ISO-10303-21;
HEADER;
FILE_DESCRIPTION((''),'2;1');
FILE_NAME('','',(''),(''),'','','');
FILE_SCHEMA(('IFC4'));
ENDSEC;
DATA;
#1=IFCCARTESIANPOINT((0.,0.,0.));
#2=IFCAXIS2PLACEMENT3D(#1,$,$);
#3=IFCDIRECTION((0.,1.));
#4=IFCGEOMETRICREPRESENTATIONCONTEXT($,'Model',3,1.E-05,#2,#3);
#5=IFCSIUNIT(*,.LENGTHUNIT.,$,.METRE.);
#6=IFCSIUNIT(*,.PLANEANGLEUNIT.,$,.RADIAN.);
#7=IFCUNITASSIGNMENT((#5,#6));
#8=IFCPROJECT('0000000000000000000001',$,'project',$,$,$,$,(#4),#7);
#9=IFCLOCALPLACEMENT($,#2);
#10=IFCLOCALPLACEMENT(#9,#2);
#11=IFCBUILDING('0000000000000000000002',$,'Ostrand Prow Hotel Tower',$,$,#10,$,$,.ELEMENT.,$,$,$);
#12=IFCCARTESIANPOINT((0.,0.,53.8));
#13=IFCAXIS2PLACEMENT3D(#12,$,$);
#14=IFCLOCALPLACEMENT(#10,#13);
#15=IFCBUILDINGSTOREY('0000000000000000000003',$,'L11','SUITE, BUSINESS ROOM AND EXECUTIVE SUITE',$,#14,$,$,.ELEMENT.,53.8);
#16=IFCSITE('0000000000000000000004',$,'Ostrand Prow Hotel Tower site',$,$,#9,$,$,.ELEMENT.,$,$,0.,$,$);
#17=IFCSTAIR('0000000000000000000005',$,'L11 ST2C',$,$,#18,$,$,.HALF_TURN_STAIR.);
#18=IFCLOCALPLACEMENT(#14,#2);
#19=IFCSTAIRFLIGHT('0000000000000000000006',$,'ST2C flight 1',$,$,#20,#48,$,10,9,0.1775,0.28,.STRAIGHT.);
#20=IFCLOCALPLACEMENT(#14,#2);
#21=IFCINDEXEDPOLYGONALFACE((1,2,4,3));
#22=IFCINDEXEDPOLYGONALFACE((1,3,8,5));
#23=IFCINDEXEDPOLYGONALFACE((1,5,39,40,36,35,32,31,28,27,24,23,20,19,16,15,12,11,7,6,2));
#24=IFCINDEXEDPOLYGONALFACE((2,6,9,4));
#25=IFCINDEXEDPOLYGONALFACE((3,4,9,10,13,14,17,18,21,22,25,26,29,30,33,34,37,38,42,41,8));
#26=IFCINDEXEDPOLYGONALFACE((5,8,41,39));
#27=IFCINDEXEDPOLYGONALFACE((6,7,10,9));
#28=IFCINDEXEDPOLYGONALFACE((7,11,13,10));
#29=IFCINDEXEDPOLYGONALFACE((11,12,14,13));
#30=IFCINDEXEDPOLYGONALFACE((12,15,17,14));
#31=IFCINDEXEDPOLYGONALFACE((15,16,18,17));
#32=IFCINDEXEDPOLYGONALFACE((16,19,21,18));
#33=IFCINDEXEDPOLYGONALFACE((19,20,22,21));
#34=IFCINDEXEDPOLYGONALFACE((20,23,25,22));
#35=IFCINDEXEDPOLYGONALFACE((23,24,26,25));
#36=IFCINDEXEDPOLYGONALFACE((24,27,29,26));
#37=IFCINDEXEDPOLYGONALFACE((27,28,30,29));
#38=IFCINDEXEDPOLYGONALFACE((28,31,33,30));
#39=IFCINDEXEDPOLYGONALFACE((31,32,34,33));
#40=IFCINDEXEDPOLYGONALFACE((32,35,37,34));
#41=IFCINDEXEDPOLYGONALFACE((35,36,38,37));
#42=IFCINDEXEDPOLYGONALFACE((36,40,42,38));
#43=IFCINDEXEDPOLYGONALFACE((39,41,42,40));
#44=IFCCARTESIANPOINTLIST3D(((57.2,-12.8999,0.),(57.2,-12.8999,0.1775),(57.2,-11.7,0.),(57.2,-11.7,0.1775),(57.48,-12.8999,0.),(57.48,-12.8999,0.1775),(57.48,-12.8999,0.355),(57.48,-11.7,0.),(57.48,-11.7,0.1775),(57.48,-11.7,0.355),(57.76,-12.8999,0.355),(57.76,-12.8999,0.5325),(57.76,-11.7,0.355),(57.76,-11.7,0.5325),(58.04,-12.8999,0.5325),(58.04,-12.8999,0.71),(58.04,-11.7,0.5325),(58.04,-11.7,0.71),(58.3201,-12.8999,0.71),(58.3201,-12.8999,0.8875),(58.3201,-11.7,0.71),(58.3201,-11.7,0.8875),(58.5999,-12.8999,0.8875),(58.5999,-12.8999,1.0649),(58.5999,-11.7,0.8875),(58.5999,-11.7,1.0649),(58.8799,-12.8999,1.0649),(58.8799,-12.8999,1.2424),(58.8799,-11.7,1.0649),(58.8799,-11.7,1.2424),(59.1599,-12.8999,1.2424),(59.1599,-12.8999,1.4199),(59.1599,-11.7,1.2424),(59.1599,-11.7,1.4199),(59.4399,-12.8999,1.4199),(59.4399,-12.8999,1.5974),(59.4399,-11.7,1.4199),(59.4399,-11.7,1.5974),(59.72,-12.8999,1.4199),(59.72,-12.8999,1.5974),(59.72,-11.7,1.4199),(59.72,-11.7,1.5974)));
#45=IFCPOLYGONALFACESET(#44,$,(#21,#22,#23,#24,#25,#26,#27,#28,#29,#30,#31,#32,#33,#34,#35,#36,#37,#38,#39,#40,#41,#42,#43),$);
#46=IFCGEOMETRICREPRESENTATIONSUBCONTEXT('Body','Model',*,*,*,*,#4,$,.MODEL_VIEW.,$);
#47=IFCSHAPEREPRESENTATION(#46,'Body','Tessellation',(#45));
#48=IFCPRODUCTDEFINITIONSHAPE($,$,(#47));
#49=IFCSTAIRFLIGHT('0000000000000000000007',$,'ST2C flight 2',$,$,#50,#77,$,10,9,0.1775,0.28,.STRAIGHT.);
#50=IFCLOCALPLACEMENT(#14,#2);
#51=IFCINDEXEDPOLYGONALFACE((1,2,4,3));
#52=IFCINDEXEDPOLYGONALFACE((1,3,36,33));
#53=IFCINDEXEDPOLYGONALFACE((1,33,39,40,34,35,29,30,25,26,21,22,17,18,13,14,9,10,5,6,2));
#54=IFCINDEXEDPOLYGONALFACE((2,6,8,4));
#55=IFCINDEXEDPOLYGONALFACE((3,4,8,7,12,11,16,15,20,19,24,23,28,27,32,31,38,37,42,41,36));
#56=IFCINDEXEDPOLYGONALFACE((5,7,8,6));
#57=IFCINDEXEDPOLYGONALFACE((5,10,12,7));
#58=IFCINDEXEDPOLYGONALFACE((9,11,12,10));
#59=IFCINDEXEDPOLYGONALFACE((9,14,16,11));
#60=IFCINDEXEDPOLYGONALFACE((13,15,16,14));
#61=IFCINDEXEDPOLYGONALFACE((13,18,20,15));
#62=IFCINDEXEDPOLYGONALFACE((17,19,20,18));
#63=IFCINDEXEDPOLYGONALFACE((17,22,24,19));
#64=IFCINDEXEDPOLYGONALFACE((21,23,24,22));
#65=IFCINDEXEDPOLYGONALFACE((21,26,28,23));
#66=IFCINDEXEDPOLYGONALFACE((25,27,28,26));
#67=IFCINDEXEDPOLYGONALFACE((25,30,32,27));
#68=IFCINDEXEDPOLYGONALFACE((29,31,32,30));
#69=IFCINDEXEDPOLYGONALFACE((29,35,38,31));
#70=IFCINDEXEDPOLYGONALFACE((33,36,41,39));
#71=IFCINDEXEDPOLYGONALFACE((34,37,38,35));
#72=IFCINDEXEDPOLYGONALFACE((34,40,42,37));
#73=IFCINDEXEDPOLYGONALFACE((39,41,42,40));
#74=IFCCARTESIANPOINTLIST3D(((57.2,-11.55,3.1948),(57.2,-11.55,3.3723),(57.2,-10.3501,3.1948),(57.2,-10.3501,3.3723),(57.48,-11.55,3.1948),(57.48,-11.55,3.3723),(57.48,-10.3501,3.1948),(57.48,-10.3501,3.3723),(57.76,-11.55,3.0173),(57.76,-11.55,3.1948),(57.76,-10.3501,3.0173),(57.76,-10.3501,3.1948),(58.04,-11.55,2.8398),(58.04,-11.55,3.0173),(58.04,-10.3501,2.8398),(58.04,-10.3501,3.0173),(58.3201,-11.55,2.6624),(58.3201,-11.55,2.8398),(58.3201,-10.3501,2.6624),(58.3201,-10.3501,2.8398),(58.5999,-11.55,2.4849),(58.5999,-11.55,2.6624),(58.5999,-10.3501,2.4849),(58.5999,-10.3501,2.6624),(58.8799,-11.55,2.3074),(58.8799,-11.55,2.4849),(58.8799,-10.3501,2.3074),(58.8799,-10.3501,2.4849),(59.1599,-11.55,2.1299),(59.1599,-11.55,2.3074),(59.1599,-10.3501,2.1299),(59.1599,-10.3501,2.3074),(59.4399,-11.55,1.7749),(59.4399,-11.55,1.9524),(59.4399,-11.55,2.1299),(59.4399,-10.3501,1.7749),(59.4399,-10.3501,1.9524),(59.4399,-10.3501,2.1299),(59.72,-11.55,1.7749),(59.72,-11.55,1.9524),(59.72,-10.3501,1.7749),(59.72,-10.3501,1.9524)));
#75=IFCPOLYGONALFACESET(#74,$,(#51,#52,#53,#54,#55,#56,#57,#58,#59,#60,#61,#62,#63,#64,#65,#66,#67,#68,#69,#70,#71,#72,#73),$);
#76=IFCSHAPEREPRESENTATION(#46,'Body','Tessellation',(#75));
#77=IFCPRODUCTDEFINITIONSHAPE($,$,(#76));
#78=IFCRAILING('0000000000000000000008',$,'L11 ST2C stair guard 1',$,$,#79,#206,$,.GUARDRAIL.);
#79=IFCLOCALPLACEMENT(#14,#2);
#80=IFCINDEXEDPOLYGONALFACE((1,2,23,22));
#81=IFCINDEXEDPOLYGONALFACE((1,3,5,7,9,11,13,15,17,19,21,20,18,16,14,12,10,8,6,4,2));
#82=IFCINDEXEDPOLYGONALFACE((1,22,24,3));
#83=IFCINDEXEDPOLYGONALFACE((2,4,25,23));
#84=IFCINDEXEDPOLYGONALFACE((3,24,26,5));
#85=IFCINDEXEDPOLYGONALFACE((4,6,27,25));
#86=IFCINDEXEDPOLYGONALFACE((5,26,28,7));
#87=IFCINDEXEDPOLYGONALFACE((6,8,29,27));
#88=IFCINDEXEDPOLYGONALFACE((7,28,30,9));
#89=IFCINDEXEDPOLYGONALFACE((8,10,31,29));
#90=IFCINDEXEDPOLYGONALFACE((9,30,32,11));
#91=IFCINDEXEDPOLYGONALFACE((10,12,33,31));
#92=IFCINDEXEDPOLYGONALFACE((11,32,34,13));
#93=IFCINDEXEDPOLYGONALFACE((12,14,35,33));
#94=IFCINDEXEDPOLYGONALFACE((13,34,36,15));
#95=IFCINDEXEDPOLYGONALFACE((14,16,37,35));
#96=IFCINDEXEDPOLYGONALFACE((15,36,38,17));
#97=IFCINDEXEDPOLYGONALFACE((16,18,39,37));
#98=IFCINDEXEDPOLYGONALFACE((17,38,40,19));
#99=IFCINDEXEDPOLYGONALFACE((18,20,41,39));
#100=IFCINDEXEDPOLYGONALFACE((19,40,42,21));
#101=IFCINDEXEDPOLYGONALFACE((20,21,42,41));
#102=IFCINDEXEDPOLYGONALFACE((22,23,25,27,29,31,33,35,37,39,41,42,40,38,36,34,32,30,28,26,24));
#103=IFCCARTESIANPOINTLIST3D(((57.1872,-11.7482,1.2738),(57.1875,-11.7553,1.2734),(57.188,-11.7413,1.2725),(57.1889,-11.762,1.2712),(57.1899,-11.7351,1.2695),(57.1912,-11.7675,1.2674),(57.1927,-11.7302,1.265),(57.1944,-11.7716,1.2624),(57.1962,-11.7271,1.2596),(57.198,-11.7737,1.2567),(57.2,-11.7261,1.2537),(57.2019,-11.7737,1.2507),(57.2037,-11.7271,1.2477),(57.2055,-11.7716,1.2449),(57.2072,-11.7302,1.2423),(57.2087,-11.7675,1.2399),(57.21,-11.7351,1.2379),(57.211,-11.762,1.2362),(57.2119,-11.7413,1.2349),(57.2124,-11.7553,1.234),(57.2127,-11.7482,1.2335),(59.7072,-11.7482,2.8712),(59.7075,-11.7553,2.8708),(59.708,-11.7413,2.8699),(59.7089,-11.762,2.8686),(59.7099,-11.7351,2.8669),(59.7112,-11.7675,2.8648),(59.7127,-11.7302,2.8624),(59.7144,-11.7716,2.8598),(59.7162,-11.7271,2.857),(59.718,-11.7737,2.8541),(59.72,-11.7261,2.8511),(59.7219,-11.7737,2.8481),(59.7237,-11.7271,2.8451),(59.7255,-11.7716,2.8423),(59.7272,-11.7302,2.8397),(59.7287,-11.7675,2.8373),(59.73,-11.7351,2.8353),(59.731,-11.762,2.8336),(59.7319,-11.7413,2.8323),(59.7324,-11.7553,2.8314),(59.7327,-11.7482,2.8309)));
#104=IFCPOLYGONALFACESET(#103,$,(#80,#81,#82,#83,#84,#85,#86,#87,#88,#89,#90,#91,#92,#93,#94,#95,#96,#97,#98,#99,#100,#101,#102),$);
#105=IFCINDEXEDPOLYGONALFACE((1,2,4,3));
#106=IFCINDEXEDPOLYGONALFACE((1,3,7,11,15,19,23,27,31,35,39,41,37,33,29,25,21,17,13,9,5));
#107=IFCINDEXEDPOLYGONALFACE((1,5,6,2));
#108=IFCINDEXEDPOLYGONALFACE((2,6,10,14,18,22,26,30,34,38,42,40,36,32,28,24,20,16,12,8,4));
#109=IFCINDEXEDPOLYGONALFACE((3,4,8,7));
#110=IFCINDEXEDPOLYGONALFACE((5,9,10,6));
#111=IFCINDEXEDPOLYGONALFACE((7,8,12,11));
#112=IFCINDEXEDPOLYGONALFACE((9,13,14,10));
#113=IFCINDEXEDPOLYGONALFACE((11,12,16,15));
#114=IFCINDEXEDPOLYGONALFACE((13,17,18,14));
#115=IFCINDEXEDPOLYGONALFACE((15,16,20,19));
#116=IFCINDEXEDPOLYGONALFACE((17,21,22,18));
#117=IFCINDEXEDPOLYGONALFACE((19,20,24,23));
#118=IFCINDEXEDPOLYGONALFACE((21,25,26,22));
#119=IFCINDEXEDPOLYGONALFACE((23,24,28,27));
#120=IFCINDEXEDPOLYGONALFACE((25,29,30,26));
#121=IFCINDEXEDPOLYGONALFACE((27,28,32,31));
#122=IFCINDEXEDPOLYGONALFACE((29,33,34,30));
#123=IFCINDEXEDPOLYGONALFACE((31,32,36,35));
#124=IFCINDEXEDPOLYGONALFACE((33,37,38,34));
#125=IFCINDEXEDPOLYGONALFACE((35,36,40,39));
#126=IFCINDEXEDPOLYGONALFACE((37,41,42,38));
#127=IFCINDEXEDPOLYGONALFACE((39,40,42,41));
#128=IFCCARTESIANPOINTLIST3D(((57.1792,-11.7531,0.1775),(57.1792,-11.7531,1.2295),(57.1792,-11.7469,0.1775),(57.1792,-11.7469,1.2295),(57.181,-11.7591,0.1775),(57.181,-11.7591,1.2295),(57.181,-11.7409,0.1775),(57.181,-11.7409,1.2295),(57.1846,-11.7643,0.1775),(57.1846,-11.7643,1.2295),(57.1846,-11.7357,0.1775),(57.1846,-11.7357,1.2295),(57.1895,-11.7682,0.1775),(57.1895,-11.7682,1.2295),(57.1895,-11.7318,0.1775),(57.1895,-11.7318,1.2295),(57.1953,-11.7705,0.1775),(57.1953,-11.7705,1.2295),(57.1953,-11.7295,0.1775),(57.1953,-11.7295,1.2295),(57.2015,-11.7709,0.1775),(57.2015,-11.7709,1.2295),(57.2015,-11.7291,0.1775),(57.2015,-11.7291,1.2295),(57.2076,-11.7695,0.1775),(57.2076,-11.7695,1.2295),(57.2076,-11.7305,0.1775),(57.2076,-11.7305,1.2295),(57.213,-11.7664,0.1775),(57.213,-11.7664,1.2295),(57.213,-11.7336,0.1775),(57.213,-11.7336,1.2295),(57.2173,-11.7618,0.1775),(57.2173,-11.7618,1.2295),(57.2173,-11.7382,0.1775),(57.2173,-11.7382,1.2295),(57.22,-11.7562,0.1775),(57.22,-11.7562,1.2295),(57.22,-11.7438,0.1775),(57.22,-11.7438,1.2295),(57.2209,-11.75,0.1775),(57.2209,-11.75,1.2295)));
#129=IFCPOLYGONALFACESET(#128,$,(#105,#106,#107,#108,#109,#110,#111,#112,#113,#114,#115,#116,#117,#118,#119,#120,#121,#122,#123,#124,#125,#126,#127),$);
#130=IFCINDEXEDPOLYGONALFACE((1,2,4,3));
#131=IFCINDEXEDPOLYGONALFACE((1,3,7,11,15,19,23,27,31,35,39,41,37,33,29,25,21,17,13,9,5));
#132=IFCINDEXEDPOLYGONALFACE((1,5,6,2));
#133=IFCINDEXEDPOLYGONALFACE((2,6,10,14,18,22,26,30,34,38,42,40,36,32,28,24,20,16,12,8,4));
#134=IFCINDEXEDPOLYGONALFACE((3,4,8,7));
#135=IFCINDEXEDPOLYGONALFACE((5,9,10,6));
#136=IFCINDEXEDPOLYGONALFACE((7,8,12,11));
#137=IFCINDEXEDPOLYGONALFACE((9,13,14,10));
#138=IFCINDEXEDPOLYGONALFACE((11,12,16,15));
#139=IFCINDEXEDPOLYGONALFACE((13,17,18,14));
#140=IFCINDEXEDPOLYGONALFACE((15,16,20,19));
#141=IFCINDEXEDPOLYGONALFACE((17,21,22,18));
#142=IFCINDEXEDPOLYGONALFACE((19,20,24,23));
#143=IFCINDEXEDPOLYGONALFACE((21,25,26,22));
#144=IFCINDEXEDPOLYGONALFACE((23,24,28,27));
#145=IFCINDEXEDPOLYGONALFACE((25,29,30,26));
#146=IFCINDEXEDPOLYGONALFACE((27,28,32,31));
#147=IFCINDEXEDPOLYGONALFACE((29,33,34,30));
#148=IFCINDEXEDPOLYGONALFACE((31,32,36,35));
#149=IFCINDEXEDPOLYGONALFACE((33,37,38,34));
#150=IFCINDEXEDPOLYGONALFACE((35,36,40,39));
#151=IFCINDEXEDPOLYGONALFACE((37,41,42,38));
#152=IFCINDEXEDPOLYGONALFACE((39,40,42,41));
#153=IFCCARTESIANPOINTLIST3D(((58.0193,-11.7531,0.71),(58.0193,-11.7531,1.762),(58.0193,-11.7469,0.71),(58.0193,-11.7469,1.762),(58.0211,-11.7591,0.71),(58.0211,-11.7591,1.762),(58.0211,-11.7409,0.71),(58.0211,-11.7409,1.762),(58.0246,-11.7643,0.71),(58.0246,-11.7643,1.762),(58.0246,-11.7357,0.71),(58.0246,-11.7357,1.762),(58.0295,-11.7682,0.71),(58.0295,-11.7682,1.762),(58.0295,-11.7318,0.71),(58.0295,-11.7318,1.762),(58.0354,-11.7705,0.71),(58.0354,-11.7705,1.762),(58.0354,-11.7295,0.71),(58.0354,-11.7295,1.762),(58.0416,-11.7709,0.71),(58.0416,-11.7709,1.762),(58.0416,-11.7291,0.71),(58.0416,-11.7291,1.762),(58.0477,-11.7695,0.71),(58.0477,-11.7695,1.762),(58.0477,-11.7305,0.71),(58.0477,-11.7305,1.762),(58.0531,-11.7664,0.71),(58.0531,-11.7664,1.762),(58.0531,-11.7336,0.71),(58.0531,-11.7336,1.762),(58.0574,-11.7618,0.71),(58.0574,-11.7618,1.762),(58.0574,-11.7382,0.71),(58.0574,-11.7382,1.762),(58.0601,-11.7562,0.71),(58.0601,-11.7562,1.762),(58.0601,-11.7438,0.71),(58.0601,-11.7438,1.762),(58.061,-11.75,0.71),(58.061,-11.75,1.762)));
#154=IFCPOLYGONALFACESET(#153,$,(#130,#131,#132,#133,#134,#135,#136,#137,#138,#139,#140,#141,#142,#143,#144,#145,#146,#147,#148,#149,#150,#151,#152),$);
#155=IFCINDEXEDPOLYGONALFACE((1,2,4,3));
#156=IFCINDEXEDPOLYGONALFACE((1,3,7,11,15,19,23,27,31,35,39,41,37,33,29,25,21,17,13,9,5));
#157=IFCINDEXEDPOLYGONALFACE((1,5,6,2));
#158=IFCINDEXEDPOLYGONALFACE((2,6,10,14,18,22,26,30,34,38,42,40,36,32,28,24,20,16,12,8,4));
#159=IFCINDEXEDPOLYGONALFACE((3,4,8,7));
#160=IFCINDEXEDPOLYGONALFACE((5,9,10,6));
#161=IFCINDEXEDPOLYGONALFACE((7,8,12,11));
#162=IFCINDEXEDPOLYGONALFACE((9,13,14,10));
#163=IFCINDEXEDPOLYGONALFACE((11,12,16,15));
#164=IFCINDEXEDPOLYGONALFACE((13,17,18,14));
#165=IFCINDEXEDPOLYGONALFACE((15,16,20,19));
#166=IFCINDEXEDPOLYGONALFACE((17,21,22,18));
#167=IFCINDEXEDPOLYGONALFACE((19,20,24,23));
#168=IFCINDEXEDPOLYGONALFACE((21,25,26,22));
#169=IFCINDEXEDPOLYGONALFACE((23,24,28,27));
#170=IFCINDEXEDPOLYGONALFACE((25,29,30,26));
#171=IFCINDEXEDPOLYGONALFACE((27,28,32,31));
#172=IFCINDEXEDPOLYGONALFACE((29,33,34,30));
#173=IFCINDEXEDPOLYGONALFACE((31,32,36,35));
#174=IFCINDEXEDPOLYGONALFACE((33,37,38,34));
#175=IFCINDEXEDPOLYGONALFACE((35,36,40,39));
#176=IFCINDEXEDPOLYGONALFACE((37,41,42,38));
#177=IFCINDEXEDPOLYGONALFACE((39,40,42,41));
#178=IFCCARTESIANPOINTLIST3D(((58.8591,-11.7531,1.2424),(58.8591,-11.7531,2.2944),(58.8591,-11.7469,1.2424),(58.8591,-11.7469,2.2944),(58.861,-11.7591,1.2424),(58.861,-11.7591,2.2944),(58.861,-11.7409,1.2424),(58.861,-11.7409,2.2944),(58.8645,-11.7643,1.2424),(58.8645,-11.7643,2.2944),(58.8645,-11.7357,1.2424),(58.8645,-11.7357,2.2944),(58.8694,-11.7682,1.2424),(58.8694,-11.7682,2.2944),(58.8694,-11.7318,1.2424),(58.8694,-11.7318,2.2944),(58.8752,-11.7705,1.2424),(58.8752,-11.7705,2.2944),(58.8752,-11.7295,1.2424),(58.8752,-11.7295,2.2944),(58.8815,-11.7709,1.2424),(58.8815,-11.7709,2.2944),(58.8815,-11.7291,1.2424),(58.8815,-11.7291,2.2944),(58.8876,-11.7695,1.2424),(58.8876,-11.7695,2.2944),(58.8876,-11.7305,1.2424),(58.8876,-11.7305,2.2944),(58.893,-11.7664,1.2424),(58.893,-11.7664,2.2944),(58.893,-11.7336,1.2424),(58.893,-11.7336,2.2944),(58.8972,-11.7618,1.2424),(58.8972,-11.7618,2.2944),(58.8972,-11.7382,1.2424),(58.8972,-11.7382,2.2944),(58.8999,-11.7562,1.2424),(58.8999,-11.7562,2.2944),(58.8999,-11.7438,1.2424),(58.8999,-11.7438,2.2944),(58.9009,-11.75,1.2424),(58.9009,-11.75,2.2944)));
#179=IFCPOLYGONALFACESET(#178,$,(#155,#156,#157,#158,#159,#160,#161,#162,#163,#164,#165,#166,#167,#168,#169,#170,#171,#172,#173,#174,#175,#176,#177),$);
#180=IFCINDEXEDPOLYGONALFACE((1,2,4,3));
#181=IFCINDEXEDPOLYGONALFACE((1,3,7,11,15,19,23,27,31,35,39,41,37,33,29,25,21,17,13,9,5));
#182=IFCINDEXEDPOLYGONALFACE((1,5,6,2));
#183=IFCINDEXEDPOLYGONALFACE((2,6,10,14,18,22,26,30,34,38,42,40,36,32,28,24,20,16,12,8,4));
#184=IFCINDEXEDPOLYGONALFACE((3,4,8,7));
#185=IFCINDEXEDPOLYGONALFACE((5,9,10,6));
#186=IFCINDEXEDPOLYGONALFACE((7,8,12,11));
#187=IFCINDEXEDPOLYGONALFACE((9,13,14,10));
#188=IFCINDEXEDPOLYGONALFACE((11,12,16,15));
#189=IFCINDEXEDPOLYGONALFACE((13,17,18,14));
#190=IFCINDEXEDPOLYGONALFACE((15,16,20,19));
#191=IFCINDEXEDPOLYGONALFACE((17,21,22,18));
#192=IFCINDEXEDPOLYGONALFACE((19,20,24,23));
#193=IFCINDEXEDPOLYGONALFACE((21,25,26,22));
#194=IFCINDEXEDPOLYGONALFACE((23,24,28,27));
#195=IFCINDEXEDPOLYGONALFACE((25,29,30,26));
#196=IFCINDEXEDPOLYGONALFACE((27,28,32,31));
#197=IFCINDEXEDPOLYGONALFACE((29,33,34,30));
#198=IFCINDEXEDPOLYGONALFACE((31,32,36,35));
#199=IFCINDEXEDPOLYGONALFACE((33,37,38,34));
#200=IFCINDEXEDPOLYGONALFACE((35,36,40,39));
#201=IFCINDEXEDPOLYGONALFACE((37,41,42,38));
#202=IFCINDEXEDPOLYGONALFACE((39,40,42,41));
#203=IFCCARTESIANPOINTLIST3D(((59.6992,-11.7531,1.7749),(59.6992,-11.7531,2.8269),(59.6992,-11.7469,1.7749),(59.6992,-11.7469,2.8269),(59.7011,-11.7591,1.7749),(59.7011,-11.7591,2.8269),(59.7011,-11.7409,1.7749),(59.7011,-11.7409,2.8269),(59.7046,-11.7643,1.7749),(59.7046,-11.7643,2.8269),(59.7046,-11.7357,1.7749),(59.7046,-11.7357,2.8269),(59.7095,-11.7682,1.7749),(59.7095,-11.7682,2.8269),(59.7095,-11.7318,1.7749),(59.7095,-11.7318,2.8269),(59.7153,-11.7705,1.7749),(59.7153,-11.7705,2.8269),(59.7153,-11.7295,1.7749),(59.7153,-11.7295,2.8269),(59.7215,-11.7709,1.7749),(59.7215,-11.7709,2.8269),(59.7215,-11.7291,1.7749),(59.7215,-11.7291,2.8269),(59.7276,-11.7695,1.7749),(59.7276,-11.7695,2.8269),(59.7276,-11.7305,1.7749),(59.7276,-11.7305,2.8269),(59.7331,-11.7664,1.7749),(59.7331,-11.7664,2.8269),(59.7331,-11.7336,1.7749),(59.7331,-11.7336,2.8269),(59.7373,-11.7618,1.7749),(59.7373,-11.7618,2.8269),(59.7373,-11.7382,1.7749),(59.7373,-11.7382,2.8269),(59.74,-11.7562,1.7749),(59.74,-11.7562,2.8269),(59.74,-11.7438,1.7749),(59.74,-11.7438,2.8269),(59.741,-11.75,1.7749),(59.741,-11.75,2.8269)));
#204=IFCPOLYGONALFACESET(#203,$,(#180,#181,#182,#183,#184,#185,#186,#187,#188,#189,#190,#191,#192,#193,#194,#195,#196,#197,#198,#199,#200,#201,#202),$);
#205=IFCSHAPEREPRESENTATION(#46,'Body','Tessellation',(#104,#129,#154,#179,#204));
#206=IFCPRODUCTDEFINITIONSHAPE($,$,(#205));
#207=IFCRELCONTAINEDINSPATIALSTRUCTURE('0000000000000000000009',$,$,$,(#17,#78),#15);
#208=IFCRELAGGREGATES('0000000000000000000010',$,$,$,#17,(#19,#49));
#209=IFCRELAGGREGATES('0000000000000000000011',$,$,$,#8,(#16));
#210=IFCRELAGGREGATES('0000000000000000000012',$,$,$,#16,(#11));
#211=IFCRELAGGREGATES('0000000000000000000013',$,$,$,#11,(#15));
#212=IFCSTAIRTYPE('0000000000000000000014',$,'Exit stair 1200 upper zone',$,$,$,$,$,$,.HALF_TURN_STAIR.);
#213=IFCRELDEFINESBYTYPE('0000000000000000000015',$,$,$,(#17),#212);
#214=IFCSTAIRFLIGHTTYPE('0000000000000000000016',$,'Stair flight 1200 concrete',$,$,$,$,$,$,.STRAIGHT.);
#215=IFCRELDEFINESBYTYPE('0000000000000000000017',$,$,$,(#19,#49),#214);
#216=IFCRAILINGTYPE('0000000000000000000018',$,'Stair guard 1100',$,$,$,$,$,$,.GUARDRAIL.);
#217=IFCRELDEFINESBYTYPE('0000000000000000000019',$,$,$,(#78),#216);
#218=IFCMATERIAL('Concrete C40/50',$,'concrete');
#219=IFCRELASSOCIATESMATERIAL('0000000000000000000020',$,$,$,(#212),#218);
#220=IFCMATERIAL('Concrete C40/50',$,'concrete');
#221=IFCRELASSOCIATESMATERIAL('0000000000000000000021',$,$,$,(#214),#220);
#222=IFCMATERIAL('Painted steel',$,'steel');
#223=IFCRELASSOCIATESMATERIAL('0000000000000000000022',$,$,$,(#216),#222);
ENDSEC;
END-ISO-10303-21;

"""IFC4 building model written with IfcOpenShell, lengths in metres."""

from ifc_helpers import new_model, si_unit, direction, frame, origin, origin_2d, place, context, subcontext, project, spatial, polyline, circle, outline, extrude, material, type_object, element, aggregate, save


model = new_model("IFC4")

# Units and contexts
model_context = context("Model", 3, precision=1e-05, world=origin(), true_north=direction((0.0, 1.0)))
body_context = subcontext(model_context, "Body", "Model", "MODEL_VIEW")
ifc_project = project(units=[si_unit("LENGTHUNIT", "METRE"), si_unit("PLANEANGLEUNIT", "RADIAN")], contexts=[model_context])

# Site, building, storey
site_placement = place(None, origin())
site = spatial("IfcSite", under=ifc_project, at=site_placement, Name="Ostrand Prow Hotel Tower site", CompositionType="ELEMENT", RefElevation=0.0)
building_placement = place(site_placement, origin())
building = spatial("IfcBuilding", under=site, at=building_placement, Name="Ostrand Prow Hotel Tower", CompositionType="ELEMENT")
storey_placement = place(building_placement, frame((0.0, 0.0, 53.8)))
storey = spatial("IfcBuildingStorey", under=building, at=storey_placement, Name="L11", Description="SUITE, BUSINESS ROOM AND EXECUTIVE SUITE", CompositionType="ELEMENT", Elevation=53.8)

# Stair, stair flights
ifc_material_1 = material(Name="Concrete C40/50", Category="concrete")
stair_type = type_object("IfcStairType", Name="Exit stair 1200 upper zone", PredefinedType="HALF_TURN_STAIR", material=ifc_material_1)
stair_placement = place(storey_placement, origin())
stair = element("IfcStair", 1, at=stair_placement, inside=storey, type_object=stair_type, Name="L11 ST2C", PredefinedType="HALF_TURN_STAIR")
ifc_material_2 = material(Name="Concrete C40/50", Category="concrete")
stair_flight_type = type_object("IfcStairFlightType", Name="Stair flight 1200 concrete", PredefinedType="STRAIGHT", material=ifc_material_2)
stair_flight_1_placement = place(storey_placement, frame((57.2, -12.3, 0.0), z_axis=(0.0, 0.0, 1.0), x_axis=(1.0, 0.0, 0.0)))
stair_flight_1 = element("IfcStairFlight", 2, at=stair_flight_1_placement, type_object=stair_flight_type, Name="ST2C flight 1", NumberOfRisers=10, NumberOfTreads=9, PredefinedType="STRAIGHT", RiserHeight=0.1775, TreadLength=0.28, context=body_context, shape_type="SweptSolid", body=[
    extrude(outline(polyline([(0.0, 0.0), (0.0, 0.1775), (0.28, 0.1775), (0.28, 0.355), (0.5601, 0.355), (0.5601, 0.5325), (0.8401, 0.5325), (0.8401, 0.71), (1.1201, 0.71), (1.1201, 0.8875), (1.3999, 0.8875), (1.3999, 1.0649), (1.6799, 1.0649), (1.6799, 1.2424), (1.96, 1.2424), (1.96, 1.4199), (2.24, 1.4199), (2.24, 1.5974), (2.52, 1.5974), (2.52, 1.7749), (2.52, 1.4199), (0.28, 0.0), (0.0, 0.0)])), frame((0.0, 0.6001, 0.0), z_axis=(0.0, -1.0, 0.0), x_axis=(1.0, 0.0, 0.0)), (0.0, 0.0, 1.0), 1.2),
])
stair_flight_2_placement = place(storey_placement, frame((59.72, -10.95, 1.7749), z_axis=(0.0, 0.0, 1.0), x_axis=(-1.0, 0.0, 0.0)))
stair_flight_2 = element("IfcStairFlight", 3, at=stair_flight_2_placement, type_object=stair_flight_type, Name="ST2C flight 2", NumberOfRisers=10, NumberOfTreads=9, PredefinedType="STRAIGHT", RiserHeight=0.1775, TreadLength=0.28, context=body_context, shape_type="SweptSolid", body=[
    extrude(outline(polyline([(0.0, 0.0), (0.0, 0.1775), (0.28, 0.1775), (0.28, 0.355), (0.5601, 0.355), (0.5601, 0.5325), (0.8401, 0.5325), (0.8401, 0.71), (1.1201, 0.71), (1.1201, 0.8875), (1.3999, 0.8875), (1.3999, 1.0649), (1.6799, 1.0649), (1.6799, 1.2424), (1.96, 1.2424), (1.96, 1.4199), (2.24, 1.4199), (2.24, 1.5974), (2.52, 1.5974), (2.52, 1.7749), (2.52, 1.4199), (0.28, 0.0), (0.0, 0.0)])), frame((0.0, 0.6001, 0.0), z_axis=(0.0, -1.0, 0.0), x_axis=(1.0, 0.0, 0.0)), (0.0, 0.0, 1.0), 1.2),
])
aggregate(stair, [stair_flight_1, stair_flight_2])

# Railing
ifc_material_3 = material(Name="Painted steel", Category="steel")
railing_type_1 = type_object("IfcRailingType", Name="Stair guard 1100", PredefinedType="GUARDRAIL", material=ifc_material_3)
railing_1_placement = place(storey_placement, frame((57.2, -11.75, 0.1775)))
element("IfcRailing", 4, at=railing_1_placement, inside=storey, type_object=railing_type_1, Name="L11 ST2C stair guard 1", PredefinedType="GUARDRAIL", context=body_context, shape_type="SweptSolid", body=[
    extrude(circle(Radius=0.0239, at=origin_2d()), frame((0.0, 0.0, 1.0762), z_axis=(0.844607, 0.0, 0.535387), x_axis=(0.0, 1.0, 0.0)), (0.0, 0.0, 1.0), 2.9836),
    extrude(circle(Radius=0.021, at=origin_2d()), origin(), (0.0, 0.0, 1.0), 1.052),
    extrude(circle(Radius=0.021, at=origin_2d()), frame((0.8401, 0.0, 0.5325)), (0.0, 0.0, 1.0), 1.052),
    extrude(circle(Radius=0.021, at=origin_2d()), frame((1.6799, 0.0, 1.0649)), (0.0, 0.0, 1.0), 1.052),
    extrude(circle(Radius=0.021, at=origin_2d()), frame((2.52, 0.0, 1.5974)), (0.0, 0.0, 1.0), 1.052),
])

save(model, "model.ifc")
